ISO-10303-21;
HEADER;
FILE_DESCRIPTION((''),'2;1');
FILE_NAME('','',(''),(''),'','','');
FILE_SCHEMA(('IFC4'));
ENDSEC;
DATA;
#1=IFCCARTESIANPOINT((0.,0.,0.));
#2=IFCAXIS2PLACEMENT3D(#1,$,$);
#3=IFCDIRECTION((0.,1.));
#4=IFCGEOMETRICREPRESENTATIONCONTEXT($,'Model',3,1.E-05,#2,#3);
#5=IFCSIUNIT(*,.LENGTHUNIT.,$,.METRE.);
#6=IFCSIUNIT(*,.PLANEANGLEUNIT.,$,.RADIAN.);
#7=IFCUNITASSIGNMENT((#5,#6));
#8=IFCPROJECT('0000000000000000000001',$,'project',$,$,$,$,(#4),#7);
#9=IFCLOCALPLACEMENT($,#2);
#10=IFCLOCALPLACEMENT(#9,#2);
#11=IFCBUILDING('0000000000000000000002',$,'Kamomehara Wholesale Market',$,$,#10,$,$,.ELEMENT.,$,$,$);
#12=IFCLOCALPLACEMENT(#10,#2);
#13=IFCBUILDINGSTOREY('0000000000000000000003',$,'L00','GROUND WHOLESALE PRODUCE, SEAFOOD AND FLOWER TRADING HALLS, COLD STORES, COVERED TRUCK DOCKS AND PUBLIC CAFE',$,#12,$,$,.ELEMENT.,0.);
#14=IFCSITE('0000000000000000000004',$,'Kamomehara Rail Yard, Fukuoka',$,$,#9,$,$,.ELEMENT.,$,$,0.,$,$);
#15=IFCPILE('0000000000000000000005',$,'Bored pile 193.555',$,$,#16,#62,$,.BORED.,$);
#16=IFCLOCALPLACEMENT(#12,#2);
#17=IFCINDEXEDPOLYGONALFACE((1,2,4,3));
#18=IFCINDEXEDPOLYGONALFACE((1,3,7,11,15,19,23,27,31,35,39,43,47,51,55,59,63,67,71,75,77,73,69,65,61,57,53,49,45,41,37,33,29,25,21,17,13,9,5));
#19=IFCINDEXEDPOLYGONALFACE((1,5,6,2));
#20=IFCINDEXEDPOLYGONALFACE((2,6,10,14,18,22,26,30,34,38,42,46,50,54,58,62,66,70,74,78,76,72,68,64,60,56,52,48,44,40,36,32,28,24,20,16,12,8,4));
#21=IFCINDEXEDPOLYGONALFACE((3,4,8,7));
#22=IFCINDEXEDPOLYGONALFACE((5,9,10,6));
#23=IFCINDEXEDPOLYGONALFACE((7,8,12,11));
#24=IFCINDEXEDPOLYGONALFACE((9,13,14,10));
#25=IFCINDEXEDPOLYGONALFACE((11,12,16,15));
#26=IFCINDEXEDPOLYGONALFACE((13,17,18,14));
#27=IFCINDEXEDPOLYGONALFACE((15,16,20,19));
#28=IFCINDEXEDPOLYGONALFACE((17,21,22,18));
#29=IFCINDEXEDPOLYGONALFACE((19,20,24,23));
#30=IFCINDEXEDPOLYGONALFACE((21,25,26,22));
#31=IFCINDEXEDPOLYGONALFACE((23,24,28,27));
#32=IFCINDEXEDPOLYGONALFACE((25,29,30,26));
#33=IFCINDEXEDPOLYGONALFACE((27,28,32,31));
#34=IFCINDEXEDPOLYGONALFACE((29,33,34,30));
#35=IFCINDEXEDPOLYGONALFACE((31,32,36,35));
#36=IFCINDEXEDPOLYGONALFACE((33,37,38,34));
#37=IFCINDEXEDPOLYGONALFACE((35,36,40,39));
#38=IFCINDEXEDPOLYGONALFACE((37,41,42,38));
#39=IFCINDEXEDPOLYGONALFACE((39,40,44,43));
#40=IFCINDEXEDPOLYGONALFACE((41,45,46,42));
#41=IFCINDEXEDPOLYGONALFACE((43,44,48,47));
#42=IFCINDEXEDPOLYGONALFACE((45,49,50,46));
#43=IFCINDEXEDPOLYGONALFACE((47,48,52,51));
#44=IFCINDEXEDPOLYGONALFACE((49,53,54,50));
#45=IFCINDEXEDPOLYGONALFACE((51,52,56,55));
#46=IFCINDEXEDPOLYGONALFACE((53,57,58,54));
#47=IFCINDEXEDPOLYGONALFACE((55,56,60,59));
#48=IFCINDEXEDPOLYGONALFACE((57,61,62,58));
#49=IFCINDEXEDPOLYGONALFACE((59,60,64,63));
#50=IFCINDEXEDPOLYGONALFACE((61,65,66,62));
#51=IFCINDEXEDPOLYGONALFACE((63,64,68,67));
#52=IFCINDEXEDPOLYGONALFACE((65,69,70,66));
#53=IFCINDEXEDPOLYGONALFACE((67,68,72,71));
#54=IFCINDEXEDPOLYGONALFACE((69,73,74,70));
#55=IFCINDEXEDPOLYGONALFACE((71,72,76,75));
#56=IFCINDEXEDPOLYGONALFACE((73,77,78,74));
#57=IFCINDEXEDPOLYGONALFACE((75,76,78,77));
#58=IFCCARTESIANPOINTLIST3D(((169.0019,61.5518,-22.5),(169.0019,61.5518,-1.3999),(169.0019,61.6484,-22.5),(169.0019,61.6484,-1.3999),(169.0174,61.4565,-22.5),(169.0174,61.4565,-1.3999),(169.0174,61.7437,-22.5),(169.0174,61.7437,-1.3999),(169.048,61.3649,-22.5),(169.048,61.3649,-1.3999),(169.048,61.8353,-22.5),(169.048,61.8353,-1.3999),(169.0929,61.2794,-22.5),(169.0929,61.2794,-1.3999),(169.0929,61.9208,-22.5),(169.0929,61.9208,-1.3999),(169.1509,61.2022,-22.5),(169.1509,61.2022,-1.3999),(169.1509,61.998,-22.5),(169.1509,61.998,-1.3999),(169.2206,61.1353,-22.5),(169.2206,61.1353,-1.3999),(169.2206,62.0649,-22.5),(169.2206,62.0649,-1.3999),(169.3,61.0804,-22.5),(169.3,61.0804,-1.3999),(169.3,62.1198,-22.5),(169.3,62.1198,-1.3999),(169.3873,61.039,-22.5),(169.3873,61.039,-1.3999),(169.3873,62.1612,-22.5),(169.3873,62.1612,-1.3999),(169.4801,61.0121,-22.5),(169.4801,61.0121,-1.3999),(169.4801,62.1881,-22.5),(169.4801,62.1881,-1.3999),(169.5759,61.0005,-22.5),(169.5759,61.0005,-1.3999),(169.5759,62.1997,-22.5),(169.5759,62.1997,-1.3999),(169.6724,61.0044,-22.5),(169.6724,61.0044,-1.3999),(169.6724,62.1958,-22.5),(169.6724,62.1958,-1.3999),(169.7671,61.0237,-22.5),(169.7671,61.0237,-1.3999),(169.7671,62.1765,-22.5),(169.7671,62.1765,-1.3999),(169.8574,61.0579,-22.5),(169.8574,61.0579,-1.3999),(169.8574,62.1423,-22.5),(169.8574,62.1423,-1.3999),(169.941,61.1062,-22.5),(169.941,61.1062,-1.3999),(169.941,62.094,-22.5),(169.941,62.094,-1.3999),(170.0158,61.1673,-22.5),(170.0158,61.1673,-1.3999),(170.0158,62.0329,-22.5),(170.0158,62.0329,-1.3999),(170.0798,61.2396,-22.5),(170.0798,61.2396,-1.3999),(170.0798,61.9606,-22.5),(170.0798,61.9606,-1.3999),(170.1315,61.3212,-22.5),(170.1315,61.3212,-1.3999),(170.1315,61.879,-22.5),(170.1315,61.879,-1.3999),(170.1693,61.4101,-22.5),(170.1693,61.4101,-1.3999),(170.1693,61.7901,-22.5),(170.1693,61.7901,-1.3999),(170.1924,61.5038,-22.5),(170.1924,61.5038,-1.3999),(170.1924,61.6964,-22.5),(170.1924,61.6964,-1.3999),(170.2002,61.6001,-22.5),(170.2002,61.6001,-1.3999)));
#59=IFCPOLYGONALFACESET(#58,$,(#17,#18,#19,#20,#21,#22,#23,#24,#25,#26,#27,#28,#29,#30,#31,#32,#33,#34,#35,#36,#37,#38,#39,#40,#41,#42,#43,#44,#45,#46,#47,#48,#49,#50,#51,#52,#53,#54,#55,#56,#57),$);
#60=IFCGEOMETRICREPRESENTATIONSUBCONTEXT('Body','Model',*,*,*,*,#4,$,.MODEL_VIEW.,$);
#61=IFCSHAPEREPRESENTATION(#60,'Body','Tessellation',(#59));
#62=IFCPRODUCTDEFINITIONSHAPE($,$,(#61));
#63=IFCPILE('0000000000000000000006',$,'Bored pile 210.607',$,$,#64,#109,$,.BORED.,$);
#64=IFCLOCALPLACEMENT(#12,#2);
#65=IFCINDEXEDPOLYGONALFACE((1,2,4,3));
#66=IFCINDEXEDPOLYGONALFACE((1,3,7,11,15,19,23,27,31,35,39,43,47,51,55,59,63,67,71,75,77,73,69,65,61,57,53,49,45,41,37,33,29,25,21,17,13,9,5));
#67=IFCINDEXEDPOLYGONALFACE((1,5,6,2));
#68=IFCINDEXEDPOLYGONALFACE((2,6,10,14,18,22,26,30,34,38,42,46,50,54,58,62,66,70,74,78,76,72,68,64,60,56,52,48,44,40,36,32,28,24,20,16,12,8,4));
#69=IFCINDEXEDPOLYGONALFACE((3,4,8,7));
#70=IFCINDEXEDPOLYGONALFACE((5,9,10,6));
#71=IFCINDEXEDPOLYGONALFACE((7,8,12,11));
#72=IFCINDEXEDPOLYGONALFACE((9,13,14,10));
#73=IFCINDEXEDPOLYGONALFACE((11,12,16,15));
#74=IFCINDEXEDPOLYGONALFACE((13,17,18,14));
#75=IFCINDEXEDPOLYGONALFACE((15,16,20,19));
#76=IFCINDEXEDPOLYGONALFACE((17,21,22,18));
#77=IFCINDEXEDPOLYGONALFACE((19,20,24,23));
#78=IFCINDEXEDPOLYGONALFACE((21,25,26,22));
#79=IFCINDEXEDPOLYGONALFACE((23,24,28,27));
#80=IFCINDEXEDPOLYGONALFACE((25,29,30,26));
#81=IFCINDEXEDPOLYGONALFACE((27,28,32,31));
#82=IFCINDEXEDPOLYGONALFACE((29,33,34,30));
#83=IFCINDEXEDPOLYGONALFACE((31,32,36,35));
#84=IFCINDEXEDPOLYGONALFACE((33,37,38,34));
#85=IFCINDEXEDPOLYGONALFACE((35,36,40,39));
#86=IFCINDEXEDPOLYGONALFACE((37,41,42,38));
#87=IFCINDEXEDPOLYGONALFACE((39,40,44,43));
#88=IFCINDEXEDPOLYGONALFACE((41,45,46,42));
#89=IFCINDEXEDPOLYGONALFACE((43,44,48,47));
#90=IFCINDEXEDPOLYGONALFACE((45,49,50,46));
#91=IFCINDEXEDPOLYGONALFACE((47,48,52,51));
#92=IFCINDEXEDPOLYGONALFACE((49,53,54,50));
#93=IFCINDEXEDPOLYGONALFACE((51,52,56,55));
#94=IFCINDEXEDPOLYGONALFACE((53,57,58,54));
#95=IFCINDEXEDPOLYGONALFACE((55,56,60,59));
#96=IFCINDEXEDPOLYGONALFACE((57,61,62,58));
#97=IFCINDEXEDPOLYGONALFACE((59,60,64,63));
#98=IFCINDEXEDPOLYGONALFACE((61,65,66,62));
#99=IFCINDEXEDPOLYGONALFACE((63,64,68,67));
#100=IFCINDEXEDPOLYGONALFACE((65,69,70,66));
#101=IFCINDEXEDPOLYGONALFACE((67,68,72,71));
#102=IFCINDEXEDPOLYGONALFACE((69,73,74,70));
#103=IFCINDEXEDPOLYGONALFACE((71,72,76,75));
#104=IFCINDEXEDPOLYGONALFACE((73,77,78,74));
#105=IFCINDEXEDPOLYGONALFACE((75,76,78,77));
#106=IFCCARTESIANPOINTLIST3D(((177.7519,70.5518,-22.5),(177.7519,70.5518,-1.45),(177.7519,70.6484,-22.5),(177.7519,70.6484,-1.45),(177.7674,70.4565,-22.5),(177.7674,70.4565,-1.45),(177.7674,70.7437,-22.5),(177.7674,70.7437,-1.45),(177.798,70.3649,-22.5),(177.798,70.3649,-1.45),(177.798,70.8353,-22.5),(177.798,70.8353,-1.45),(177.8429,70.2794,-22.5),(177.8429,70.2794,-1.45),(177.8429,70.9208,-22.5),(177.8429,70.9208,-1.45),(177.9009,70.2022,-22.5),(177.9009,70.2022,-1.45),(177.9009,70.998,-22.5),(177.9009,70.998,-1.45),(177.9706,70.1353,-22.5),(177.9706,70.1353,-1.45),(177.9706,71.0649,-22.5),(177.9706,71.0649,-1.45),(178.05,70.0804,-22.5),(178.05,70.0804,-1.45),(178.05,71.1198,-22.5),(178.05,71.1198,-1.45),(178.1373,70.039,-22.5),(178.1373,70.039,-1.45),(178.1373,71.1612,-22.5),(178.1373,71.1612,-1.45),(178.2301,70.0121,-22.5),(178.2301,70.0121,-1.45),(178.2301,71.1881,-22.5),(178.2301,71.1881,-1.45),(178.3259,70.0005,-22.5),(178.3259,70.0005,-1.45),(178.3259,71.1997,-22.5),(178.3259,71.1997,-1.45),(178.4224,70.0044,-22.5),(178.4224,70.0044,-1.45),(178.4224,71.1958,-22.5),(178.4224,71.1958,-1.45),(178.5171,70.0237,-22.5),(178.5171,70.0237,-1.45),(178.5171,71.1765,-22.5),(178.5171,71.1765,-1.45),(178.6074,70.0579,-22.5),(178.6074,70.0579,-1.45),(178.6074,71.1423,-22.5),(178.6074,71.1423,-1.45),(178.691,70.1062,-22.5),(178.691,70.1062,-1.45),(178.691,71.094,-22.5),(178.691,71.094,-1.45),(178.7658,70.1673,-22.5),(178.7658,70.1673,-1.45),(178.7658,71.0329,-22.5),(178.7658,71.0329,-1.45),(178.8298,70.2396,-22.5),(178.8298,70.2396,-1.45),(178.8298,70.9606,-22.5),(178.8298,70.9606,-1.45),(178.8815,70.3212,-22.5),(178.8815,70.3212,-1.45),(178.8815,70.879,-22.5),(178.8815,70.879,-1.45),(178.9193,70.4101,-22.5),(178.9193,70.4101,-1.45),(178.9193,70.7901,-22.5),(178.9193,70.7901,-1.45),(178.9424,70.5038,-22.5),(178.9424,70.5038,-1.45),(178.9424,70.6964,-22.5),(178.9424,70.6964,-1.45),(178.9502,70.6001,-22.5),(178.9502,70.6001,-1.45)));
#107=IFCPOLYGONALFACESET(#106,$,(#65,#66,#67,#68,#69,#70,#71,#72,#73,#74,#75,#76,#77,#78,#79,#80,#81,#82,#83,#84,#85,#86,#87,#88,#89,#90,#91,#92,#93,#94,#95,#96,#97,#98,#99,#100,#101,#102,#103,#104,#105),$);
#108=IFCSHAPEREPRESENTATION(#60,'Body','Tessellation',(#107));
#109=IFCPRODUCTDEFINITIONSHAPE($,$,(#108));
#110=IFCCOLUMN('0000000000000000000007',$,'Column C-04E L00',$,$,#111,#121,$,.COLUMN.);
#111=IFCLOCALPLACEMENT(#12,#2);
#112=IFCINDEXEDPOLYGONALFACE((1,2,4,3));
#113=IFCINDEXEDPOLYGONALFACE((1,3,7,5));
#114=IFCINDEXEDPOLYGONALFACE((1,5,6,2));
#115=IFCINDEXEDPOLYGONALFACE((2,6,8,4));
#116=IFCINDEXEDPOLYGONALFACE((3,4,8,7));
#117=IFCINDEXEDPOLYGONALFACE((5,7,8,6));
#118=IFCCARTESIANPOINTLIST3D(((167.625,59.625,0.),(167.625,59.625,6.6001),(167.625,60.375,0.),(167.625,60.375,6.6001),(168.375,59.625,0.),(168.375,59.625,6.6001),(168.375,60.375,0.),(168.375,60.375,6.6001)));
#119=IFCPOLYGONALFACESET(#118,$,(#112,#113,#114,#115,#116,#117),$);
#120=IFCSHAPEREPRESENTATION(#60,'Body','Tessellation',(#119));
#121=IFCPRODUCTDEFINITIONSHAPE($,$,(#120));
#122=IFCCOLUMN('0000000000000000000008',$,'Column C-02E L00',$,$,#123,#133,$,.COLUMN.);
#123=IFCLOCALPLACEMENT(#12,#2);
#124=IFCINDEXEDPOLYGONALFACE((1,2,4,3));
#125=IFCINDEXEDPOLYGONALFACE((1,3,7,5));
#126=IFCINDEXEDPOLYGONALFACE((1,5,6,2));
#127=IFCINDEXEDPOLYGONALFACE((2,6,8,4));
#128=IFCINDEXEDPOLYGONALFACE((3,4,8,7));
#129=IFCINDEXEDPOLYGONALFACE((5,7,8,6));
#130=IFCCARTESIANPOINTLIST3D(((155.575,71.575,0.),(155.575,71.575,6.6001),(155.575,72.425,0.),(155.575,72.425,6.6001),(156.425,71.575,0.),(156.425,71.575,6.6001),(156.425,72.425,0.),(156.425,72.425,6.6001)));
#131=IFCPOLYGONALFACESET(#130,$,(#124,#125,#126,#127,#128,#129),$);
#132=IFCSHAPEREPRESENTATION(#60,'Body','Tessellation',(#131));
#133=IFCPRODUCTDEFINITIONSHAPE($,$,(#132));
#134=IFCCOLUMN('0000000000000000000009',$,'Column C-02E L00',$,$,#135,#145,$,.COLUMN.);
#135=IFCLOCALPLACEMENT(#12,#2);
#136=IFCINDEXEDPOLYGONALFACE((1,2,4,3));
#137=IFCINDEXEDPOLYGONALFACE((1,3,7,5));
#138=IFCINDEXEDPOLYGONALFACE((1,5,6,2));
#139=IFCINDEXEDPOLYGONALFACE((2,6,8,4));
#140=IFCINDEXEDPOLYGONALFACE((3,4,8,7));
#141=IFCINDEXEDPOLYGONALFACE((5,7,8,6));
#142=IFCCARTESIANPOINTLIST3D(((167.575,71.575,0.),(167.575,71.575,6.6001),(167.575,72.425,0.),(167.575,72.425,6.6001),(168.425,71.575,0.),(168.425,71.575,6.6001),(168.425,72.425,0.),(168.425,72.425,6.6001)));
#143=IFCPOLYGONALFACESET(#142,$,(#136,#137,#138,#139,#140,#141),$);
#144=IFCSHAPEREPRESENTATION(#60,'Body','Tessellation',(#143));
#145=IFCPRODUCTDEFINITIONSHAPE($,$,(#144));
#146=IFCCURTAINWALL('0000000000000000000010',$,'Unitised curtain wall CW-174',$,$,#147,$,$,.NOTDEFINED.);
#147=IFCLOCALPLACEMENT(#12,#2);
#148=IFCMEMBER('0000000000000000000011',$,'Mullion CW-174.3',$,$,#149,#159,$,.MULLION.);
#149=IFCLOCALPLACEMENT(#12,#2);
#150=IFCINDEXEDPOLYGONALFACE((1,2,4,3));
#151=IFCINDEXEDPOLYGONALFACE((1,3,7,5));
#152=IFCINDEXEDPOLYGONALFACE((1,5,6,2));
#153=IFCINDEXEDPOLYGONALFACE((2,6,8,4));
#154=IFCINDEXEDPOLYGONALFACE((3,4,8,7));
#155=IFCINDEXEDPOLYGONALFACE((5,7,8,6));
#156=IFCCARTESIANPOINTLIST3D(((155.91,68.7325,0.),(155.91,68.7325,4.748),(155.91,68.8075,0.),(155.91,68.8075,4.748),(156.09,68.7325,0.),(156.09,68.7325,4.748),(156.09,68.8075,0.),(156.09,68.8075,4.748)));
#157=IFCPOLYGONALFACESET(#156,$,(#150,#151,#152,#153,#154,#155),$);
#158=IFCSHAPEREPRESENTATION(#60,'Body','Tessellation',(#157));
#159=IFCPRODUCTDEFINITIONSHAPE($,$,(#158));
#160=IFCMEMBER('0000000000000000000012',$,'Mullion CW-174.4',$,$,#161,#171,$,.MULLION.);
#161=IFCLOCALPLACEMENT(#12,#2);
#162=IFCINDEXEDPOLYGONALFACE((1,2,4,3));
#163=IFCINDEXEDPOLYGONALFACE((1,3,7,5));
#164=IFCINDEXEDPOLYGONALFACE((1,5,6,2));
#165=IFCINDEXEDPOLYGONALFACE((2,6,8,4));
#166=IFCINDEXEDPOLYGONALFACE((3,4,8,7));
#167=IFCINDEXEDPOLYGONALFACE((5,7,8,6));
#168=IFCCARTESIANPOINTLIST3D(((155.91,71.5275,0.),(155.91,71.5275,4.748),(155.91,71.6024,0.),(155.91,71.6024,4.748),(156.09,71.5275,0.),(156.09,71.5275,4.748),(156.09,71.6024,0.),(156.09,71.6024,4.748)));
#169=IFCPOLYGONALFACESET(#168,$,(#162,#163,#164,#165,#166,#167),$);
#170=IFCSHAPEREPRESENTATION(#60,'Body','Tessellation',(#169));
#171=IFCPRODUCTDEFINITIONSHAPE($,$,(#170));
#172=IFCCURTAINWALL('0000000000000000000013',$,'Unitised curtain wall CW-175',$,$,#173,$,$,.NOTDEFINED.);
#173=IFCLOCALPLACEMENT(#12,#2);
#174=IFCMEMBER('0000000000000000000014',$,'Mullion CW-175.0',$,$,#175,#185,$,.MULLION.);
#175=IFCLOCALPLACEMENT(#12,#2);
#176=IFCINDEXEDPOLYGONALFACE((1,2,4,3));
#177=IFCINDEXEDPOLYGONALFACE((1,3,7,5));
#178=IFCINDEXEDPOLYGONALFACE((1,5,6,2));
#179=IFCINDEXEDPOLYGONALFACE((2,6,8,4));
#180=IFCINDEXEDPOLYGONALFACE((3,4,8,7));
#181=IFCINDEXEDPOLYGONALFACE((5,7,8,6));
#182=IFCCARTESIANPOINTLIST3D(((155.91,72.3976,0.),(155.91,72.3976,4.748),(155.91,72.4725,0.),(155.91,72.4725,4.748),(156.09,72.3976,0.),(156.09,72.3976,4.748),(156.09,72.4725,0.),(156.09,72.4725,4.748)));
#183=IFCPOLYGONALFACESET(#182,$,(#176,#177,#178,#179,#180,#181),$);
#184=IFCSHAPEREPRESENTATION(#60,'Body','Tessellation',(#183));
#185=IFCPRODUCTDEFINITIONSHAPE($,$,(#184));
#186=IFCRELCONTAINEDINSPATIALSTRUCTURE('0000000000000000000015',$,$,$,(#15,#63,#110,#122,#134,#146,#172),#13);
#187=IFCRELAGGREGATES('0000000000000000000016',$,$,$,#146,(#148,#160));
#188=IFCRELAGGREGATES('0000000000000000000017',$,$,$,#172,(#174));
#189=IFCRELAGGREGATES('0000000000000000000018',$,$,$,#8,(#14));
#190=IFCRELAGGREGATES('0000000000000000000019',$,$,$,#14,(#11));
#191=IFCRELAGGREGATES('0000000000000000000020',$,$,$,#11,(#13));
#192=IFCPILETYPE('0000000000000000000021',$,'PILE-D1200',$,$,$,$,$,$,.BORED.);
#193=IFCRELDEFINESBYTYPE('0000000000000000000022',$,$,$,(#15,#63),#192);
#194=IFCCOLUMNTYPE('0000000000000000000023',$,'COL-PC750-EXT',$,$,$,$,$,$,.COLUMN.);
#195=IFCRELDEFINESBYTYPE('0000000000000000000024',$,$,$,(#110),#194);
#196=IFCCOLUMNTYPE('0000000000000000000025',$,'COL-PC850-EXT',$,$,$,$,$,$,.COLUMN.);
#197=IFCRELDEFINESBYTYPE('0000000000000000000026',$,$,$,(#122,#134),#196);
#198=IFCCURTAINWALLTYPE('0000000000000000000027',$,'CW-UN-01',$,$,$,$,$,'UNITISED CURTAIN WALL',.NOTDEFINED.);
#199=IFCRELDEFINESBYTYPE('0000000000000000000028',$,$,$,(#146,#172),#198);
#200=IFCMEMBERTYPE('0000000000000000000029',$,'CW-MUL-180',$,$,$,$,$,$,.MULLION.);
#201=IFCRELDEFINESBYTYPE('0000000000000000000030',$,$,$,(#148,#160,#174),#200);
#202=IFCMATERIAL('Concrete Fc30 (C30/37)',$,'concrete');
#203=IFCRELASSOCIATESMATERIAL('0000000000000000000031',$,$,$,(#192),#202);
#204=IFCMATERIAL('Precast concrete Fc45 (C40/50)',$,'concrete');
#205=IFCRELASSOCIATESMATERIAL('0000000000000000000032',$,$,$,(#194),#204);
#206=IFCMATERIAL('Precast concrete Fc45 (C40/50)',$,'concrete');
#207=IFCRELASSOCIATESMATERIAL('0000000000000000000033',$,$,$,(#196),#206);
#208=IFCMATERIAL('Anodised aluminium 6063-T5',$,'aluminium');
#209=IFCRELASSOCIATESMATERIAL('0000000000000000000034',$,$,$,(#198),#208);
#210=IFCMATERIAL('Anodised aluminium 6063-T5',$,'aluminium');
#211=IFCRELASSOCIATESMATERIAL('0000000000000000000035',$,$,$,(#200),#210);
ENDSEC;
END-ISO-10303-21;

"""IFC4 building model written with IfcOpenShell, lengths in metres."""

from ifc_helpers import new_model, si_unit, direction, frame, origin, origin_2d, place, context, subcontext, project, spatial, rectangle, circle, extrude, material, material_profile, profile_set, type_object, element, aggregate, save


model = new_model("IFC4")

# Units and contexts
model_context = context("Model", 3, precision=1e-05, world=origin(), true_north=direction((0.0, 1.0)))
body_context = subcontext(model_context, "Body", "Model", "MODEL_VIEW")
ifc_project = project(units=[si_unit("LENGTHUNIT", "METRE"), si_unit("PLANEANGLEUNIT", "RADIAN")], contexts=[model_context])

# Site, building, storey
site_placement = place(None, origin())
site = spatial("IfcSite", under=ifc_project, at=site_placement, Name="Kamomehara Rail Yard, Fukuoka", CompositionType="ELEMENT", RefElevation=0.0)
building_placement = place(site_placement, origin())
building = spatial("IfcBuilding", under=site, at=building_placement, Name="Kamomehara Wholesale Market", CompositionType="ELEMENT")
storey_placement = place(building_placement, origin())
storey = spatial("IfcBuildingStorey", under=building, at=storey_placement, Name="L00", Description="GROUND WHOLESALE PRODUCE, SEAFOOD AND FLOWER TRADING HALLS, COLD STORES, COVERED TRUCK DOCKS AND PUBLIC CAFE", CompositionType="ELEMENT", Elevation=0.0)

# Piles
ifc_material_1 = material(Name="Concrete Fc30 (C30/37)", Category="concrete")
ifc_material_profile_1 = material_profile(ifc_material_1, circle(Radius=0.6001, at=origin_2d()), Name="RC-PILE-D1200")
ifc_profile_set_1 = profile_set([ifc_material_profile_1], Name="Concrete Fc30 (C30/37)")
pile_type_1 = type_object("IfcPileType", Name="PILE-D1200", PredefinedType="BORED", material=ifc_profile_set_1)
for number, where, z_axis, x_axis, name in (
    (1, (169.6001, 61.6001, -1.3999), (0.0, 0.0, -1.0), (1.0, 0.0, 0.0), "Bored pile 193.555"),
):
    element("IfcPile", number, at=place(storey_placement, frame(where, z_axis=z_axis, x_axis=x_axis)), inside=storey, type_object=pile_type_1, Name=name, PredefinedType="BORED", context=body_context, shape_type="SweptSolid", body=[
        extrude(circle(Radius=0.6001, at=origin_2d()), origin(), (0.0, 0.0, 1.0), 21.1001),
    ])
pile_1_placement = place(storey_placement, frame((178.3501, 70.6001, -1.45), z_axis=(0.0, 0.0, -1.0), x_axis=(1.0, 0.0, 0.0)))
element("IfcPile", 2, at=pile_1_placement, inside=storey, type_object=pile_type_1, Name="Bored pile 210.607", PredefinedType="BORED", context=body_context, shape_type="SweptSolid", body=[
    extrude(circle(Radius=0.6001, at=origin_2d()), origin(), (0.0, 0.0, 1.0), 21.05),
])

# Columns
ifc_material_2 = material(Name="Precast concrete Fc45 (C40/50)", Category="concrete")
ifc_material_profile_2 = material_profile(ifc_material_2, rectangle(XDim=0.75, YDim=0.75, at=origin_2d()), Name="PC-COL-750x750")
ifc_profile_set_2 = profile_set([ifc_material_profile_2], Name="Precast concrete Fc45 (C40/50)")
column_type_1 = type_object("IfcColumnType", Name="COL-PC750-EXT", PredefinedType="COLUMN", material=ifc_profile_set_2)
column_placement = place(storey_placement, frame((168.0, 60.0, 0.0), z_axis=(0.0, 0.0, 1.0), x_axis=(1.0, 0.0, 0.0)))
element("IfcColumn", 3, at=column_placement, inside=storey, type_object=column_type_1, Name="Column C-04E L00", PredefinedType="COLUMN", context=body_context, shape_type="SweptSolid", body=[
    extrude(rectangle(XDim=0.75, YDim=0.75, at=origin_2d()), origin(), (0.0, 0.0, 1.0), 6.6001),
])
ifc_material_3 = material(Name="Precast concrete Fc45 (C40/50)", Category="concrete")
ifc_material_profile_3 = material_profile(ifc_material_3, rectangle(XDim=0.8501, YDim=0.8501, at=origin_2d()), Name="PC-COL-850x850")
ifc_profile_set_3 = profile_set([ifc_material_profile_3], Name="Precast concrete Fc45 (C40/50)")
column_type_2 = type_object("IfcColumnType", Name="COL-PC850-EXT", PredefinedType="COLUMN", material=ifc_profile_set_3)
for number, where, z_axis, x_axis, name in (
    (4, (156.0, 72.0, 0.0), (0.0, 0.0, 1.0), (1.0, 0.0, 0.0), "Column C-02E L00"),
    (5, (168.0, 72.0, 0.0), (0.0, 0.0, 1.0), (1.0, 0.0, 0.0), "Column C-02E L00"),
):
    element("IfcColumn", number, at=place(storey_placement, frame(where, z_axis=z_axis, x_axis=x_axis)), inside=storey, type_object=column_type_2, Name=name, PredefinedType="COLUMN", context=body_context, shape_type="SweptSolid", body=[
        extrude(rectangle(XDim=0.8501, YDim=0.8501, at=origin_2d()), origin(), (0.0, 0.0, 1.0), 6.6001),
    ])

# Curtain walls, members
ifc_material_4 = material(Name="Anodised aluminium 6063-T5", Category="aluminium")
curtain_wall_type = type_object("IfcCurtainWallType", Name="CW-UN-01", ElementType="UNITISED CURTAIN WALL", PredefinedType="NOTDEFINED", material=ifc_material_4)
curtain_wall_1_placement = place(storey_placement, origin())
curtain_wall_1 = element("IfcCurtainWall", 6, at=curtain_wall_1_placement, inside=storey, type_object=curtain_wall_type, Name="Unitised curtain wall CW-174", PredefinedType="NOTDEFINED")
ifc_material_5 = material(Name="Anodised aluminium 6063-T5", Category="aluminium")
ifc_material_profile_4 = material_profile(ifc_material_5, rectangle(XDim=0.075, YDim=0.1799, at=origin_2d()), Name="ALU-MUL-75x180")
ifc_profile_set_4 = profile_set([ifc_material_profile_4], Name="Anodised aluminium 6063-T5")
member_type_1 = type_object("IfcMemberType", Name="CW-MUL-180", PredefinedType="MULLION", material=ifc_profile_set_4)
member_1_placement = place(storey_placement, frame((156.0, 68.77, 0.0), z_axis=(0.0, 0.0, 1.0), x_axis=(0.0, 1.0, 0.0)))
member_1 = element("IfcMember", 7, at=member_1_placement, type_object=member_type_1, Name="Mullion CW-174.3", PredefinedType="MULLION", context=body_context, shape_type="SweptSolid", body=[
    extrude(rectangle(XDim=0.075, YDim=0.1799, at=origin_2d()), origin(), (0.0, 0.0, 1.0), 4.748),
])
member_2_placement = place(storey_placement, frame((156.0, 71.5649, 0.0), z_axis=(0.0, 0.0, 1.0), x_axis=(0.0, 1.0, 0.0)))
member_2 = element("IfcMember", 8, at=member_2_placement, type_object=member_type_1, Name="Mullion CW-174.4", PredefinedType="MULLION", context=body_context, shape_type="SweptSolid", body=[
    extrude(rectangle(XDim=0.075, YDim=0.1799, at=origin_2d()), origin(), (0.0, 0.0, 1.0), 4.748),
])
aggregate(curtain_wall_1, [member_1, member_2])
curtain_wall_2_placement = place(storey_placement, origin())
curtain_wall_2 = element("IfcCurtainWall", 9, at=curtain_wall_2_placement, inside=storey, type_object=curtain_wall_type, Name="Unitised curtain wall CW-175", PredefinedType="NOTDEFINED")
member_3_placement = place(storey_placement, frame((156.0, 72.4351, 0.0), z_axis=(0.0, 0.0, 1.0), x_axis=(0.0, 1.0, 0.0)))
member_3 = element("IfcMember", 10, at=member_3_placement, type_object=member_type_1, Name="Mullion CW-175.0", PredefinedType="MULLION", context=body_context, shape_type="SweptSolid", body=[
    extrude(rectangle(XDim=0.075, YDim=0.1799, at=origin_2d()), origin(), (0.0, 0.0, 1.0), 4.748),
])
aggregate(curtain_wall_2, [member_3])

save(model, "model.ifc")
